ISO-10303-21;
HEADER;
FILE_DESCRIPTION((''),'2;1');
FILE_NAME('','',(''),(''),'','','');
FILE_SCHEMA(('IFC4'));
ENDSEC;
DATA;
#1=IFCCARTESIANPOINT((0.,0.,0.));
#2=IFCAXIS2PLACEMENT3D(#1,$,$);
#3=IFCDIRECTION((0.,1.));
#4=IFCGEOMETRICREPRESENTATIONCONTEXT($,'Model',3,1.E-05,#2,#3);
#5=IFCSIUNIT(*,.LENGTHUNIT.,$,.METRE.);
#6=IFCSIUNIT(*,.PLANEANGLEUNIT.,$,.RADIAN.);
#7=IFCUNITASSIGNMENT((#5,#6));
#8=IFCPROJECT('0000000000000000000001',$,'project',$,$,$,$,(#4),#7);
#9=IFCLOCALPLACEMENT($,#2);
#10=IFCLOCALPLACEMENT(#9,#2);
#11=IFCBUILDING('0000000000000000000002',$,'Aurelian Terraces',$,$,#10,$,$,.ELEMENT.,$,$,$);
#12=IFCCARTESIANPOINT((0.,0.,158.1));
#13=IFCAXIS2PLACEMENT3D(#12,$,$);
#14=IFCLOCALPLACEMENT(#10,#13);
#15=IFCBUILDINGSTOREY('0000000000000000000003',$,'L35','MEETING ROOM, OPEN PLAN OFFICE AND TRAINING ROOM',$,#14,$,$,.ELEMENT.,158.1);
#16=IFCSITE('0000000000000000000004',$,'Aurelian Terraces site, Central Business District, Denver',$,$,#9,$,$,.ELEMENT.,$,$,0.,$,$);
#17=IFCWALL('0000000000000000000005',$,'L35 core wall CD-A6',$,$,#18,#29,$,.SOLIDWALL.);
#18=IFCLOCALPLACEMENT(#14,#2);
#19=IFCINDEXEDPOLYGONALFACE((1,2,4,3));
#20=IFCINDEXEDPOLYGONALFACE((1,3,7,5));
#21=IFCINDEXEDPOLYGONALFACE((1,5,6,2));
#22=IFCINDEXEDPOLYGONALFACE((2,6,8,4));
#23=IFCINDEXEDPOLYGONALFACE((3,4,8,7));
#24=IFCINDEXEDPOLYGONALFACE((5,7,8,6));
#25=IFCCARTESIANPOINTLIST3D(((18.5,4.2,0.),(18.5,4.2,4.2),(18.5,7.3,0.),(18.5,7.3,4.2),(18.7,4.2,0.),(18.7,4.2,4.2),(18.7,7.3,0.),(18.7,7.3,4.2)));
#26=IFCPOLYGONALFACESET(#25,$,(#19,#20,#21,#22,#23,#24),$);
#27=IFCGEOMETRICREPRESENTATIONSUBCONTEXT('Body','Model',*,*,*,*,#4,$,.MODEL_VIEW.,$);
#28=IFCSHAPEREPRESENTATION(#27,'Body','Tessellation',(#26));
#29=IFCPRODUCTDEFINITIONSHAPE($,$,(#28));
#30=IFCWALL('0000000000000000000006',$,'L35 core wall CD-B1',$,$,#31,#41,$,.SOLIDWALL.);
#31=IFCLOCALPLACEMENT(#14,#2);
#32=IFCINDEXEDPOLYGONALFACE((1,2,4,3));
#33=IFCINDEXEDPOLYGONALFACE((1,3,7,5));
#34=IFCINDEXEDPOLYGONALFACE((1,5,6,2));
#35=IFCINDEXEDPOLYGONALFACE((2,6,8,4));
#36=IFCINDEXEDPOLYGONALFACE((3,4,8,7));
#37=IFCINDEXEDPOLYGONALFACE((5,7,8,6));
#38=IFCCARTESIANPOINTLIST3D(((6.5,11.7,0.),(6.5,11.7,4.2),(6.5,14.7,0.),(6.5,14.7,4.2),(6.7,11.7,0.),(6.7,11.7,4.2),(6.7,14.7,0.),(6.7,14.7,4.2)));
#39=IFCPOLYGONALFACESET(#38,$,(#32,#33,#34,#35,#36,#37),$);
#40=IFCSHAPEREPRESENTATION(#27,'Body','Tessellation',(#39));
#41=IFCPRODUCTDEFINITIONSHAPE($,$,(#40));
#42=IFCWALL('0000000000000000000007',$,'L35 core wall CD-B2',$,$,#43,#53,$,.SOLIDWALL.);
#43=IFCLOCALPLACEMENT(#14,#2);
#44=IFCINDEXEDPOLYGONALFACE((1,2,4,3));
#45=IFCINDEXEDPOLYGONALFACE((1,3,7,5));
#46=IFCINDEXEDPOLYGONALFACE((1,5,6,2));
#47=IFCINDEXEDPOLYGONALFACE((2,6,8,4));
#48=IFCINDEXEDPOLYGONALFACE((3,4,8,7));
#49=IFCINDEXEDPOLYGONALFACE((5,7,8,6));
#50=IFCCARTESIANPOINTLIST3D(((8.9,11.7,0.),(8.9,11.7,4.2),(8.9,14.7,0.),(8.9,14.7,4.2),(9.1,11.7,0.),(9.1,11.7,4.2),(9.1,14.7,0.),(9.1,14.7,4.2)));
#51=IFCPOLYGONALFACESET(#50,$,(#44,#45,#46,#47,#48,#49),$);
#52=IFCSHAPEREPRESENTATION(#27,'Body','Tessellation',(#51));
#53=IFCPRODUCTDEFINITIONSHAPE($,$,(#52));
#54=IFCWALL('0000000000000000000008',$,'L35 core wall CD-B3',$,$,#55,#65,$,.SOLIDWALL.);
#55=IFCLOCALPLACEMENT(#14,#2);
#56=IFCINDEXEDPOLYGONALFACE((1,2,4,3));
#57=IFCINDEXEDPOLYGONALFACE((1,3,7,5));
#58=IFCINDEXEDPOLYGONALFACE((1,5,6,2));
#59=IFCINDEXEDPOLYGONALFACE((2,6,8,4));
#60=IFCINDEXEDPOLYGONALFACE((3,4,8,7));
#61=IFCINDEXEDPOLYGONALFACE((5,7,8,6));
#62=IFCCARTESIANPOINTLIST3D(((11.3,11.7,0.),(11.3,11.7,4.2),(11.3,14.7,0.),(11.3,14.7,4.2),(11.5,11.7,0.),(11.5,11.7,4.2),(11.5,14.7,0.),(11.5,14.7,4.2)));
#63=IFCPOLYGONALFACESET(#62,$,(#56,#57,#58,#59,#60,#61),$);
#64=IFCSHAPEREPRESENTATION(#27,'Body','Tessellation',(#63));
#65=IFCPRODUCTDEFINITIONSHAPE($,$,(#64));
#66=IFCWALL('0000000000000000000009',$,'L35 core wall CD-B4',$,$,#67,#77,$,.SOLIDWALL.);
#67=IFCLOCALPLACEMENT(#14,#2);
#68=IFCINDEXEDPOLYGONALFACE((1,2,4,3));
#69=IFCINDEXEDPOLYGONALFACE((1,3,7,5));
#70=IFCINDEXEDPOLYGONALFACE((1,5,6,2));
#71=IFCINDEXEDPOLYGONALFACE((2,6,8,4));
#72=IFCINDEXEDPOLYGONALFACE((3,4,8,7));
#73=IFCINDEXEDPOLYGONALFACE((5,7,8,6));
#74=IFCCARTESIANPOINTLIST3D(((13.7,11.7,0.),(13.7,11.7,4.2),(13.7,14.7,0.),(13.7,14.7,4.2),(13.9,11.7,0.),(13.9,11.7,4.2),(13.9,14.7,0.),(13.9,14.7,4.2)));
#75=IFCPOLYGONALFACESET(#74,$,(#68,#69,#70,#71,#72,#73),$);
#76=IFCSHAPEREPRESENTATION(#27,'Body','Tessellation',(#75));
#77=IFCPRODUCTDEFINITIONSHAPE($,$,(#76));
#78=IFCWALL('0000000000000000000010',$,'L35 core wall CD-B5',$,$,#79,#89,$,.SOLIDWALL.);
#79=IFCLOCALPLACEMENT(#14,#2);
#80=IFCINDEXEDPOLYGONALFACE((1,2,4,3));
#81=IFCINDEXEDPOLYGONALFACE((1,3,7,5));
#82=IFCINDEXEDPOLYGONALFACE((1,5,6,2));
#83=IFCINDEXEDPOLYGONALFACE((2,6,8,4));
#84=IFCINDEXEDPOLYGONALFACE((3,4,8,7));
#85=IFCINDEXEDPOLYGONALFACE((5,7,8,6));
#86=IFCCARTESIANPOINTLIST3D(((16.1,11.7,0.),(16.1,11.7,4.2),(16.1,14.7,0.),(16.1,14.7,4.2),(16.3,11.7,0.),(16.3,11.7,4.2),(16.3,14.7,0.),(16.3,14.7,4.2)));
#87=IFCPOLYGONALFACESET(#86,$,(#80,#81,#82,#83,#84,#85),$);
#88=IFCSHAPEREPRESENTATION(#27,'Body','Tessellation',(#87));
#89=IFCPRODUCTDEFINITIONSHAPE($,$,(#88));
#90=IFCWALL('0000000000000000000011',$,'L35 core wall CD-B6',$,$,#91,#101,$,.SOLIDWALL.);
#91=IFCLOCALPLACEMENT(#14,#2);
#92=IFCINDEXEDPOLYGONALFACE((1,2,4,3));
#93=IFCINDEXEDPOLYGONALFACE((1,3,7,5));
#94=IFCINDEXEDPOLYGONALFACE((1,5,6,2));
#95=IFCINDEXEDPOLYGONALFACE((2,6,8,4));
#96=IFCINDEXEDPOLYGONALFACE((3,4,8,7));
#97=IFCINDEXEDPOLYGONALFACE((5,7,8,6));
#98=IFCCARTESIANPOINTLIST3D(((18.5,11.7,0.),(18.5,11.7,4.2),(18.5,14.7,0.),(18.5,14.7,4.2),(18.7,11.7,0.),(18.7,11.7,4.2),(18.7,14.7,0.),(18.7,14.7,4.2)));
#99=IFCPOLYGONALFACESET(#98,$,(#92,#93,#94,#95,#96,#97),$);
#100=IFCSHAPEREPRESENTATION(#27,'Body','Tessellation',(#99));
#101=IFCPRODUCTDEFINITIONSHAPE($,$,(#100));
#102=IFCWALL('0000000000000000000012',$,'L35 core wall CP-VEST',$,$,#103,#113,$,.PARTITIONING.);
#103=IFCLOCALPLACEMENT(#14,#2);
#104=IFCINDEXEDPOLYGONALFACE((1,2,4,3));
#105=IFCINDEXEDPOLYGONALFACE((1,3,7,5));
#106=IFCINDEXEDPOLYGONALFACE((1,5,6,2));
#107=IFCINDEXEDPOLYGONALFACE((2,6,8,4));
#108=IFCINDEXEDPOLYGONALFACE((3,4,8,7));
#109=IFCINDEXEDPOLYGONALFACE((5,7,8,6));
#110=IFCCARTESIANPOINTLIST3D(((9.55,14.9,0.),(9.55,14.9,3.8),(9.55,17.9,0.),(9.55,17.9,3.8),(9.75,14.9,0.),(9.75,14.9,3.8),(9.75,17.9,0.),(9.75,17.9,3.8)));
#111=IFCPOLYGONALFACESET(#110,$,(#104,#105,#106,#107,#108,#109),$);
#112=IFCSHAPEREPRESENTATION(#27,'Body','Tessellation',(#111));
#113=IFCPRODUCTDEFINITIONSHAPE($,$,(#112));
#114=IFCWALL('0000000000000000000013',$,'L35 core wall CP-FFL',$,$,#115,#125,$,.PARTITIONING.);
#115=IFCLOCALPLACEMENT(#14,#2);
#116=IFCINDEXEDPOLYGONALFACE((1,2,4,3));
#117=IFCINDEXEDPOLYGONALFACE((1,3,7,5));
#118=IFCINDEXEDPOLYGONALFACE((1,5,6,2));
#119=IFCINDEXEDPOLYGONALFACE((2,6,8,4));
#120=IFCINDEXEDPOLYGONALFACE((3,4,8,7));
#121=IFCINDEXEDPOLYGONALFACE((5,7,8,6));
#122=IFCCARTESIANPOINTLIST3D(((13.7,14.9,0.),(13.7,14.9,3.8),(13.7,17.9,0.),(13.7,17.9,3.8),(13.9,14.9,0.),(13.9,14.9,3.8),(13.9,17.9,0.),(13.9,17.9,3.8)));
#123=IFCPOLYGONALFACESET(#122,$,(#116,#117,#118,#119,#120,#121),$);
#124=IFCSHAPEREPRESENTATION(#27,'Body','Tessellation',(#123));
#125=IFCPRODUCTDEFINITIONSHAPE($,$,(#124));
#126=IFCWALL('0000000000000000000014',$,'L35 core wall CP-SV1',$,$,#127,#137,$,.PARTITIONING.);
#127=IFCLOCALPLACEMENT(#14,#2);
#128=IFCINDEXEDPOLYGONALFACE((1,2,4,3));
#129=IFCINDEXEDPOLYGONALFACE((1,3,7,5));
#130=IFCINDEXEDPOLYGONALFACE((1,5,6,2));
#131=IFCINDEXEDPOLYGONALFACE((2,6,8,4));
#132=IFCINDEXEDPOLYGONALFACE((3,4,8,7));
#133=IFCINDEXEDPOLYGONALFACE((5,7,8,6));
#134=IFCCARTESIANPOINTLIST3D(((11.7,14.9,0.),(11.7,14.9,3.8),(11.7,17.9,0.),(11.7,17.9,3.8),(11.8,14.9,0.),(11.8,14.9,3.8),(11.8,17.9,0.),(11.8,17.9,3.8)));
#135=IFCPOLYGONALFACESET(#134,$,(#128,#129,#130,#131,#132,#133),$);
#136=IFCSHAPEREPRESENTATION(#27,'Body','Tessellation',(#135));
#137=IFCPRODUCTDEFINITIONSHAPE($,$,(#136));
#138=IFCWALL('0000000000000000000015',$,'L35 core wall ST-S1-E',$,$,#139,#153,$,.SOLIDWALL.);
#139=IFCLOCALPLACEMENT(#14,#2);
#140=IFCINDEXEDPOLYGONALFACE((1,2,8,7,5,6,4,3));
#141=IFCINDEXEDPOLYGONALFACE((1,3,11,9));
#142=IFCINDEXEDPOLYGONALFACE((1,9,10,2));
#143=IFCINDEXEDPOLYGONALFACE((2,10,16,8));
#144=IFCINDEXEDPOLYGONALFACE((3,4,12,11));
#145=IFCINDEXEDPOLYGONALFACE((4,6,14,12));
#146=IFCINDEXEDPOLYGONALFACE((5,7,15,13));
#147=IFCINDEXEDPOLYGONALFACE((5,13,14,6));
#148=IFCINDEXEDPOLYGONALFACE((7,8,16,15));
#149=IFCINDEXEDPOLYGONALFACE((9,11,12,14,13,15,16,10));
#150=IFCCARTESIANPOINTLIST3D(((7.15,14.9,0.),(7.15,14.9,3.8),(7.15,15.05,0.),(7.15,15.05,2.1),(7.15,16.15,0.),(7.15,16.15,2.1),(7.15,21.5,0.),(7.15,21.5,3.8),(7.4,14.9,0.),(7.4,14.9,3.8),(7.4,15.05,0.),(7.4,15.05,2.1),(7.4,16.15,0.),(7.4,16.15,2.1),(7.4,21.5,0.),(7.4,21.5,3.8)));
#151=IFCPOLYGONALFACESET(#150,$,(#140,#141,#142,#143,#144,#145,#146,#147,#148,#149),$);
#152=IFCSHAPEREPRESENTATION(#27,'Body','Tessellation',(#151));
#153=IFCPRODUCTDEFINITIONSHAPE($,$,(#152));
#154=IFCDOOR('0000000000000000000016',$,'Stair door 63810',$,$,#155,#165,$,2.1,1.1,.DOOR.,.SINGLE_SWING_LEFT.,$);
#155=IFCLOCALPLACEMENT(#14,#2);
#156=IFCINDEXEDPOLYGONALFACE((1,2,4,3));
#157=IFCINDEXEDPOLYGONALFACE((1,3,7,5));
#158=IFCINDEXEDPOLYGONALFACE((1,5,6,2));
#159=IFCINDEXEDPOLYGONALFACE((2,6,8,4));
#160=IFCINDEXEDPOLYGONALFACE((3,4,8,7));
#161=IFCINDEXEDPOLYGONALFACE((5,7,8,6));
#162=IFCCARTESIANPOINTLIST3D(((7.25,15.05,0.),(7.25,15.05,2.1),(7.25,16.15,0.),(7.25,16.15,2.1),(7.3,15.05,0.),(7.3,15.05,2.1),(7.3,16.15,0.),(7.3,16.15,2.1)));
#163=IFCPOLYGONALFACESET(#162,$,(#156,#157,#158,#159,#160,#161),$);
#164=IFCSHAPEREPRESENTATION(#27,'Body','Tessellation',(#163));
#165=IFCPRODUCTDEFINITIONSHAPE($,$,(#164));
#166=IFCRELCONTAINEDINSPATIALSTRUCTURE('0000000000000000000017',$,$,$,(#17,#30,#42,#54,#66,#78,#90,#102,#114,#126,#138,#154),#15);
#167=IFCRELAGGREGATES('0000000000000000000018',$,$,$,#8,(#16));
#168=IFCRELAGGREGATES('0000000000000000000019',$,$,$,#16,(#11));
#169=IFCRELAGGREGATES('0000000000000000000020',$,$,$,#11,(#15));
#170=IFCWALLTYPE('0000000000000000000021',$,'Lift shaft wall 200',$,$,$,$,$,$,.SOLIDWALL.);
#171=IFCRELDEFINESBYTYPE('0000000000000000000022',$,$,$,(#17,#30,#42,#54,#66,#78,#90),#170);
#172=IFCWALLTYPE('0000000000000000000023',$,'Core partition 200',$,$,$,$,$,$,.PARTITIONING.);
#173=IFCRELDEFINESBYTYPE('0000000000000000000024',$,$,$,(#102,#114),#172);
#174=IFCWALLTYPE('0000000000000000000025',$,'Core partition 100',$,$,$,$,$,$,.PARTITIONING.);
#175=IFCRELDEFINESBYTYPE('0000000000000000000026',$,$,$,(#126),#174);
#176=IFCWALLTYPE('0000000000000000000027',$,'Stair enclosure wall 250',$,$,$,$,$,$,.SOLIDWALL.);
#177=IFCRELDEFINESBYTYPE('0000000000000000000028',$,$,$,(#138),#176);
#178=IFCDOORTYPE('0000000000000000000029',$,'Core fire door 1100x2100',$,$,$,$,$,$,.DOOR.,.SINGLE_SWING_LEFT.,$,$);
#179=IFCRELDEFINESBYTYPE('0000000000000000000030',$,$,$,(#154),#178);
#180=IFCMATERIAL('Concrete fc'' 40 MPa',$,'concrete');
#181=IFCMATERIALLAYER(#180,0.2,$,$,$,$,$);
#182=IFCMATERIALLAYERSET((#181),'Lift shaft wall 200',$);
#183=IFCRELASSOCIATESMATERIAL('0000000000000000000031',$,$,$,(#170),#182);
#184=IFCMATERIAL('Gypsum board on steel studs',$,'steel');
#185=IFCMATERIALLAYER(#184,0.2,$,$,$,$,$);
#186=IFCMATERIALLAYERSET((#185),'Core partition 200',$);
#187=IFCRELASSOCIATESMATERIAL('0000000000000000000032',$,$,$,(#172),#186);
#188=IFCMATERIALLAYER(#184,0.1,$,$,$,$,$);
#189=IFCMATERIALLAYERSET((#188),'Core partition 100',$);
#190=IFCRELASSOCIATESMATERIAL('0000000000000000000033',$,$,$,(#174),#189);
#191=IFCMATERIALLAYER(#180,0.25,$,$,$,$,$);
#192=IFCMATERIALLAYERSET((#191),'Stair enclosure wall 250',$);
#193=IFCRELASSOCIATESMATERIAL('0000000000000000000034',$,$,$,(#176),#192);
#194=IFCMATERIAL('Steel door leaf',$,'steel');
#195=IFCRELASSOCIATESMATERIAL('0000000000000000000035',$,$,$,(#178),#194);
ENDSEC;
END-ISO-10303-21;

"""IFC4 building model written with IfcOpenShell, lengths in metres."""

from ifc_helpers import new_model, si_unit, direction, frame, frame_2d, origin, place, context, subcontext, project, spatial, rectangle, extrude, source, transform, mapped, material, layer, layer_set, type_object, element, fill, save


model = new_model("IFC4")

# Units and contexts
model_context = context("Model", 3, precision=1e-05, world=origin(), true_north=direction((0.0, 1.0)))
body_context = subcontext(model_context, "Body", "Model", "MODEL_VIEW")
ifc_project = project(units=[si_unit("LENGTHUNIT", "METRE"), si_unit("PLANEANGLEUNIT", "RADIAN")], contexts=[model_context])

# Site, building, storey
site_placement = place(None, origin())
site = spatial("IfcSite", under=ifc_project, at=site_placement, Name="Aurelian Terraces site, Central Business District, Denver", CompositionType="ELEMENT", RefElevation=0.0)
building_placement = place(site_placement, origin())
building = spatial("IfcBuilding", under=site, at=building_placement, Name="Aurelian Terraces", CompositionType="ELEMENT")
storey_placement = place(building_placement, frame((0.0, 0.0, 158.1)))
storey = spatial("IfcBuildingStorey", under=building, at=storey_placement, Name="L35", Description="MEETING ROOM, OPEN PLAN OFFICE AND TRAINING ROOM", CompositionType="ELEMENT", Elevation=158.1)

# Walls
ifc_material_1 = material(Name="Concrete fc' 40 MPa", Category="concrete")
ifc_layer_1 = layer(ifc_material_1, 0.2)
ifc_layer_set_1 = layer_set([ifc_layer_1], Name="Lift shaft wall 200")
wall_type_1 = type_object("IfcWallType", Name="Lift shaft wall 200", PredefinedType="SOLIDWALL", material=ifc_layer_set_1)
shared_shape_1 = source(origin(), body_context, "Body", "SweptSolid", [
    extrude(rectangle(XDim=3.1, YDim=0.2, at=frame_2d((1.55, 0.0))), origin(), (0.0, 0.0, 1.0), 4.2),
])
wall_1_placement = place(storey_placement, frame((18.6, 4.2, 0.0), z_axis=(0.0, 0.0, 1.0), x_axis=(0.0, 1.0, 0.0)))
element("IfcWall", 1, at=wall_1_placement, inside=storey, type_object=wall_type_1, Name="L35 core wall CD-A6", PredefinedType="SOLIDWALL", context=body_context, shape_type="MappedRepresentation", body=[
    mapped(shared_shape_1, transform((0.0, 0.0, 0.0), scale=1.0)),
])
shared_shape_2 = source(origin(), body_context, "Body", "SweptSolid", [
    extrude(rectangle(XDim=3.0, YDim=0.2, at=frame_2d((1.5, 0.0))), origin(), (0.0, 0.0, 1.0), 4.2),
])
for number, where, z_axis, x_axis, name in (
    (2, (6.6, 11.7, 0.0), (0.0, 0.0, 1.0), (0.0, 1.0, 0.0), "L35 core wall CD-B1"),
    (3, (9.0, 11.7, 0.0), (0.0, 0.0, 1.0), (0.0, 1.0, 0.0), "L35 core wall CD-B2"),
    (4, (11.4, 11.7, 0.0), (0.0, 0.0, 1.0), (0.0, 1.0, 0.0), "L35 core wall CD-B3"),
    (5, (13.8, 11.7, 0.0), (0.0, 0.0, 1.0), (0.0, 1.0, 0.0), "L35 core wall CD-B4"),
    (6, (16.2, 11.7, 0.0), (0.0, 0.0, 1.0), (0.0, 1.0, 0.0), "L35 core wall CD-B5"),
    (7, (18.6, 11.7, 0.0), (0.0, 0.0, 1.0), (0.0, 1.0, 0.0), "L35 core wall CD-B6"),
):
    element("IfcWall", number, at=place(storey_placement, frame(where, z_axis=z_axis, x_axis=x_axis)), inside=storey, type_object=wall_type_1, Name=name, PredefinedType="SOLIDWALL", context=body_context, shape_type="MappedRepresentation", body=[
        mapped(shared_shape_2, transform((0.0, 0.0, 0.0), scale=1.0)),
    ])
ifc_material_2 = material(Name="Gypsum board on steel studs", Category="steel")
ifc_layer_2 = layer(ifc_material_2, 0.2)
ifc_layer_set_2 = layer_set([ifc_layer_2], Name="Core partition 200")
wall_type_2 = type_object("IfcWallType", Name="Core partition 200", PredefinedType="PARTITIONING", material=ifc_layer_set_2)
shared_shape_3 = source(origin(), body_context, "Body", "SweptSolid", [
    extrude(rectangle(XDim=3.0, YDim=0.2, at=frame_2d((1.5, 0.0))), origin(), (0.0, 0.0, 1.0), 3.8),
])
for number, where, z_axis, x_axis, name in (
    (8, (9.65, 14.9, 0.0), (0.0, 0.0, 1.0), (0.0, 1.0, 0.0), "L35 core wall CP-VEST"),
    (9, (13.8, 14.9, 0.0), (0.0, 0.0, 1.0), (0.0, 1.0, 0.0), "L35 core wall CP-FFL"),
):
    element("IfcWall", number, at=place(storey_placement, frame(where, z_axis=z_axis, x_axis=x_axis)), inside=storey, type_object=wall_type_2, Name=name, PredefinedType="PARTITIONING", context=body_context, shape_type="MappedRepresentation", body=[
        mapped(shared_shape_3, transform((0.0, 0.0, 0.0), scale=1.0)),
    ])
ifc_layer_3 = layer(ifc_material_2, 0.1)
ifc_layer_set_3 = layer_set([ifc_layer_3], Name="Core partition 100")
wall_type_3 = type_object("IfcWallType", Name="Core partition 100", PredefinedType="PARTITIONING", material=ifc_layer_set_3)
shared_shape_4 = source(origin(), body_context, "Body", "SweptSolid", [
    extrude(rectangle(XDim=3.0, YDim=0.1, at=frame_2d((1.5, 0.0))), origin(), (0.0, 0.0, 1.0), 3.8),
])
wall_2_placement = place(storey_placement, frame((11.75, 14.9, 0.0), z_axis=(0.0, 0.0, 1.0), x_axis=(0.0, 1.0, 0.0)))
element("IfcWall", 10, at=wall_2_placement, inside=storey, type_object=wall_type_3, Name="L35 core wall CP-SV1", PredefinedType="PARTITIONING", context=body_context, shape_type="MappedRepresentation", body=[
    mapped(shared_shape_4, transform((0.0, 0.0, 0.0), scale=1.0)),
])

# Wall, opening, door
ifc_layer_4 = layer(ifc_material_1, 0.25)
ifc_layer_set_4 = layer_set([ifc_layer_4], Name="Stair enclosure wall 250")
wall_type_4 = type_object("IfcWallType", Name="Stair enclosure wall 250", PredefinedType="SOLIDWALL", material=ifc_layer_set_4)
shared_shape_5 = source(origin(), body_context, "Body", "SweptSolid", [
    extrude(rectangle(XDim=6.6, YDim=0.25, at=frame_2d((3.3, 0.0))), origin(), (0.0, 0.0, 1.0), 3.8),
])
wall_3_placement = place(storey_placement, frame((7.275, 14.9, 0.0), z_axis=(0.0, 0.0, 1.0), x_axis=(0.0, 1.0, 0.0)))
wall_3 = element("IfcWall", 11, at=wall_3_placement, inside=storey, type_object=wall_type_4, Name="L35 core wall ST-S1-E", PredefinedType="SOLIDWALL", context=body_context, shape_type="MappedRepresentation", body=[
    mapped(shared_shape_5, transform((0.0, 0.0, 0.0), scale=1.0)),
])
shared_shape_6 = source(origin(), body_context, "Body", "SweptSolid", [
    extrude(rectangle(XDim=1.1, YDim=2.1, at=frame_2d((0.55, 1.05))), frame((0.0, 0.135, 0.0), z_axis=(0.0, -1.0, 0.0), x_axis=(1.0, 0.0, 0.0)), (0.0, 0.0, 1.0), 0.27),
])
opening_1_placement = place(wall_3_placement, frame((0.15, 0.0, 0.0)))
opening_1 = element("IfcOpeningElement", 12, at=opening_1_placement, cuts=wall_3, PredefinedType="OPENING", context=body_context, shape_type="MappedRepresentation", body=[
    mapped(shared_shape_6, transform((0.0, 0.0, 0.0), scale=1.0)),
])
ifc_material_3 = material(Name="Steel door leaf", Category="steel")
door_type_1 = type_object("IfcDoorType", Name="Core fire door 1100x2100", OperationType="SINGLE_SWING_LEFT", PredefinedType="DOOR", material=ifc_material_3)
shared_shape_7 = source(origin(), body_context, "Body", "SweptSolid", [
    extrude(rectangle(XDim=1.1, YDim=2.1, at=frame_2d((0.55, 1.05))), frame((0.0, 0.025, 0.0), z_axis=(0.0, -1.0, 0.0), x_axis=(1.0, 0.0, 0.0)), (0.0, 0.0, 1.0), 0.05),
])
door_1_placement = place(opening_1_placement, origin())
door_1 = element("IfcDoor", 13, at=door_1_placement, inside=storey, type_object=door_type_1, Name="Stair door 63810", OperationType="SINGLE_SWING_LEFT", OverallHeight=2.1, OverallWidth=1.1, PredefinedType="DOOR", context=body_context, shape_type="MappedRepresentation", body=[
    mapped(shared_shape_7, transform((0.0, 0.0, 0.0), scale=1.0)),
])
fill(opening_1, door_1)

save(model, "model.ifc")
